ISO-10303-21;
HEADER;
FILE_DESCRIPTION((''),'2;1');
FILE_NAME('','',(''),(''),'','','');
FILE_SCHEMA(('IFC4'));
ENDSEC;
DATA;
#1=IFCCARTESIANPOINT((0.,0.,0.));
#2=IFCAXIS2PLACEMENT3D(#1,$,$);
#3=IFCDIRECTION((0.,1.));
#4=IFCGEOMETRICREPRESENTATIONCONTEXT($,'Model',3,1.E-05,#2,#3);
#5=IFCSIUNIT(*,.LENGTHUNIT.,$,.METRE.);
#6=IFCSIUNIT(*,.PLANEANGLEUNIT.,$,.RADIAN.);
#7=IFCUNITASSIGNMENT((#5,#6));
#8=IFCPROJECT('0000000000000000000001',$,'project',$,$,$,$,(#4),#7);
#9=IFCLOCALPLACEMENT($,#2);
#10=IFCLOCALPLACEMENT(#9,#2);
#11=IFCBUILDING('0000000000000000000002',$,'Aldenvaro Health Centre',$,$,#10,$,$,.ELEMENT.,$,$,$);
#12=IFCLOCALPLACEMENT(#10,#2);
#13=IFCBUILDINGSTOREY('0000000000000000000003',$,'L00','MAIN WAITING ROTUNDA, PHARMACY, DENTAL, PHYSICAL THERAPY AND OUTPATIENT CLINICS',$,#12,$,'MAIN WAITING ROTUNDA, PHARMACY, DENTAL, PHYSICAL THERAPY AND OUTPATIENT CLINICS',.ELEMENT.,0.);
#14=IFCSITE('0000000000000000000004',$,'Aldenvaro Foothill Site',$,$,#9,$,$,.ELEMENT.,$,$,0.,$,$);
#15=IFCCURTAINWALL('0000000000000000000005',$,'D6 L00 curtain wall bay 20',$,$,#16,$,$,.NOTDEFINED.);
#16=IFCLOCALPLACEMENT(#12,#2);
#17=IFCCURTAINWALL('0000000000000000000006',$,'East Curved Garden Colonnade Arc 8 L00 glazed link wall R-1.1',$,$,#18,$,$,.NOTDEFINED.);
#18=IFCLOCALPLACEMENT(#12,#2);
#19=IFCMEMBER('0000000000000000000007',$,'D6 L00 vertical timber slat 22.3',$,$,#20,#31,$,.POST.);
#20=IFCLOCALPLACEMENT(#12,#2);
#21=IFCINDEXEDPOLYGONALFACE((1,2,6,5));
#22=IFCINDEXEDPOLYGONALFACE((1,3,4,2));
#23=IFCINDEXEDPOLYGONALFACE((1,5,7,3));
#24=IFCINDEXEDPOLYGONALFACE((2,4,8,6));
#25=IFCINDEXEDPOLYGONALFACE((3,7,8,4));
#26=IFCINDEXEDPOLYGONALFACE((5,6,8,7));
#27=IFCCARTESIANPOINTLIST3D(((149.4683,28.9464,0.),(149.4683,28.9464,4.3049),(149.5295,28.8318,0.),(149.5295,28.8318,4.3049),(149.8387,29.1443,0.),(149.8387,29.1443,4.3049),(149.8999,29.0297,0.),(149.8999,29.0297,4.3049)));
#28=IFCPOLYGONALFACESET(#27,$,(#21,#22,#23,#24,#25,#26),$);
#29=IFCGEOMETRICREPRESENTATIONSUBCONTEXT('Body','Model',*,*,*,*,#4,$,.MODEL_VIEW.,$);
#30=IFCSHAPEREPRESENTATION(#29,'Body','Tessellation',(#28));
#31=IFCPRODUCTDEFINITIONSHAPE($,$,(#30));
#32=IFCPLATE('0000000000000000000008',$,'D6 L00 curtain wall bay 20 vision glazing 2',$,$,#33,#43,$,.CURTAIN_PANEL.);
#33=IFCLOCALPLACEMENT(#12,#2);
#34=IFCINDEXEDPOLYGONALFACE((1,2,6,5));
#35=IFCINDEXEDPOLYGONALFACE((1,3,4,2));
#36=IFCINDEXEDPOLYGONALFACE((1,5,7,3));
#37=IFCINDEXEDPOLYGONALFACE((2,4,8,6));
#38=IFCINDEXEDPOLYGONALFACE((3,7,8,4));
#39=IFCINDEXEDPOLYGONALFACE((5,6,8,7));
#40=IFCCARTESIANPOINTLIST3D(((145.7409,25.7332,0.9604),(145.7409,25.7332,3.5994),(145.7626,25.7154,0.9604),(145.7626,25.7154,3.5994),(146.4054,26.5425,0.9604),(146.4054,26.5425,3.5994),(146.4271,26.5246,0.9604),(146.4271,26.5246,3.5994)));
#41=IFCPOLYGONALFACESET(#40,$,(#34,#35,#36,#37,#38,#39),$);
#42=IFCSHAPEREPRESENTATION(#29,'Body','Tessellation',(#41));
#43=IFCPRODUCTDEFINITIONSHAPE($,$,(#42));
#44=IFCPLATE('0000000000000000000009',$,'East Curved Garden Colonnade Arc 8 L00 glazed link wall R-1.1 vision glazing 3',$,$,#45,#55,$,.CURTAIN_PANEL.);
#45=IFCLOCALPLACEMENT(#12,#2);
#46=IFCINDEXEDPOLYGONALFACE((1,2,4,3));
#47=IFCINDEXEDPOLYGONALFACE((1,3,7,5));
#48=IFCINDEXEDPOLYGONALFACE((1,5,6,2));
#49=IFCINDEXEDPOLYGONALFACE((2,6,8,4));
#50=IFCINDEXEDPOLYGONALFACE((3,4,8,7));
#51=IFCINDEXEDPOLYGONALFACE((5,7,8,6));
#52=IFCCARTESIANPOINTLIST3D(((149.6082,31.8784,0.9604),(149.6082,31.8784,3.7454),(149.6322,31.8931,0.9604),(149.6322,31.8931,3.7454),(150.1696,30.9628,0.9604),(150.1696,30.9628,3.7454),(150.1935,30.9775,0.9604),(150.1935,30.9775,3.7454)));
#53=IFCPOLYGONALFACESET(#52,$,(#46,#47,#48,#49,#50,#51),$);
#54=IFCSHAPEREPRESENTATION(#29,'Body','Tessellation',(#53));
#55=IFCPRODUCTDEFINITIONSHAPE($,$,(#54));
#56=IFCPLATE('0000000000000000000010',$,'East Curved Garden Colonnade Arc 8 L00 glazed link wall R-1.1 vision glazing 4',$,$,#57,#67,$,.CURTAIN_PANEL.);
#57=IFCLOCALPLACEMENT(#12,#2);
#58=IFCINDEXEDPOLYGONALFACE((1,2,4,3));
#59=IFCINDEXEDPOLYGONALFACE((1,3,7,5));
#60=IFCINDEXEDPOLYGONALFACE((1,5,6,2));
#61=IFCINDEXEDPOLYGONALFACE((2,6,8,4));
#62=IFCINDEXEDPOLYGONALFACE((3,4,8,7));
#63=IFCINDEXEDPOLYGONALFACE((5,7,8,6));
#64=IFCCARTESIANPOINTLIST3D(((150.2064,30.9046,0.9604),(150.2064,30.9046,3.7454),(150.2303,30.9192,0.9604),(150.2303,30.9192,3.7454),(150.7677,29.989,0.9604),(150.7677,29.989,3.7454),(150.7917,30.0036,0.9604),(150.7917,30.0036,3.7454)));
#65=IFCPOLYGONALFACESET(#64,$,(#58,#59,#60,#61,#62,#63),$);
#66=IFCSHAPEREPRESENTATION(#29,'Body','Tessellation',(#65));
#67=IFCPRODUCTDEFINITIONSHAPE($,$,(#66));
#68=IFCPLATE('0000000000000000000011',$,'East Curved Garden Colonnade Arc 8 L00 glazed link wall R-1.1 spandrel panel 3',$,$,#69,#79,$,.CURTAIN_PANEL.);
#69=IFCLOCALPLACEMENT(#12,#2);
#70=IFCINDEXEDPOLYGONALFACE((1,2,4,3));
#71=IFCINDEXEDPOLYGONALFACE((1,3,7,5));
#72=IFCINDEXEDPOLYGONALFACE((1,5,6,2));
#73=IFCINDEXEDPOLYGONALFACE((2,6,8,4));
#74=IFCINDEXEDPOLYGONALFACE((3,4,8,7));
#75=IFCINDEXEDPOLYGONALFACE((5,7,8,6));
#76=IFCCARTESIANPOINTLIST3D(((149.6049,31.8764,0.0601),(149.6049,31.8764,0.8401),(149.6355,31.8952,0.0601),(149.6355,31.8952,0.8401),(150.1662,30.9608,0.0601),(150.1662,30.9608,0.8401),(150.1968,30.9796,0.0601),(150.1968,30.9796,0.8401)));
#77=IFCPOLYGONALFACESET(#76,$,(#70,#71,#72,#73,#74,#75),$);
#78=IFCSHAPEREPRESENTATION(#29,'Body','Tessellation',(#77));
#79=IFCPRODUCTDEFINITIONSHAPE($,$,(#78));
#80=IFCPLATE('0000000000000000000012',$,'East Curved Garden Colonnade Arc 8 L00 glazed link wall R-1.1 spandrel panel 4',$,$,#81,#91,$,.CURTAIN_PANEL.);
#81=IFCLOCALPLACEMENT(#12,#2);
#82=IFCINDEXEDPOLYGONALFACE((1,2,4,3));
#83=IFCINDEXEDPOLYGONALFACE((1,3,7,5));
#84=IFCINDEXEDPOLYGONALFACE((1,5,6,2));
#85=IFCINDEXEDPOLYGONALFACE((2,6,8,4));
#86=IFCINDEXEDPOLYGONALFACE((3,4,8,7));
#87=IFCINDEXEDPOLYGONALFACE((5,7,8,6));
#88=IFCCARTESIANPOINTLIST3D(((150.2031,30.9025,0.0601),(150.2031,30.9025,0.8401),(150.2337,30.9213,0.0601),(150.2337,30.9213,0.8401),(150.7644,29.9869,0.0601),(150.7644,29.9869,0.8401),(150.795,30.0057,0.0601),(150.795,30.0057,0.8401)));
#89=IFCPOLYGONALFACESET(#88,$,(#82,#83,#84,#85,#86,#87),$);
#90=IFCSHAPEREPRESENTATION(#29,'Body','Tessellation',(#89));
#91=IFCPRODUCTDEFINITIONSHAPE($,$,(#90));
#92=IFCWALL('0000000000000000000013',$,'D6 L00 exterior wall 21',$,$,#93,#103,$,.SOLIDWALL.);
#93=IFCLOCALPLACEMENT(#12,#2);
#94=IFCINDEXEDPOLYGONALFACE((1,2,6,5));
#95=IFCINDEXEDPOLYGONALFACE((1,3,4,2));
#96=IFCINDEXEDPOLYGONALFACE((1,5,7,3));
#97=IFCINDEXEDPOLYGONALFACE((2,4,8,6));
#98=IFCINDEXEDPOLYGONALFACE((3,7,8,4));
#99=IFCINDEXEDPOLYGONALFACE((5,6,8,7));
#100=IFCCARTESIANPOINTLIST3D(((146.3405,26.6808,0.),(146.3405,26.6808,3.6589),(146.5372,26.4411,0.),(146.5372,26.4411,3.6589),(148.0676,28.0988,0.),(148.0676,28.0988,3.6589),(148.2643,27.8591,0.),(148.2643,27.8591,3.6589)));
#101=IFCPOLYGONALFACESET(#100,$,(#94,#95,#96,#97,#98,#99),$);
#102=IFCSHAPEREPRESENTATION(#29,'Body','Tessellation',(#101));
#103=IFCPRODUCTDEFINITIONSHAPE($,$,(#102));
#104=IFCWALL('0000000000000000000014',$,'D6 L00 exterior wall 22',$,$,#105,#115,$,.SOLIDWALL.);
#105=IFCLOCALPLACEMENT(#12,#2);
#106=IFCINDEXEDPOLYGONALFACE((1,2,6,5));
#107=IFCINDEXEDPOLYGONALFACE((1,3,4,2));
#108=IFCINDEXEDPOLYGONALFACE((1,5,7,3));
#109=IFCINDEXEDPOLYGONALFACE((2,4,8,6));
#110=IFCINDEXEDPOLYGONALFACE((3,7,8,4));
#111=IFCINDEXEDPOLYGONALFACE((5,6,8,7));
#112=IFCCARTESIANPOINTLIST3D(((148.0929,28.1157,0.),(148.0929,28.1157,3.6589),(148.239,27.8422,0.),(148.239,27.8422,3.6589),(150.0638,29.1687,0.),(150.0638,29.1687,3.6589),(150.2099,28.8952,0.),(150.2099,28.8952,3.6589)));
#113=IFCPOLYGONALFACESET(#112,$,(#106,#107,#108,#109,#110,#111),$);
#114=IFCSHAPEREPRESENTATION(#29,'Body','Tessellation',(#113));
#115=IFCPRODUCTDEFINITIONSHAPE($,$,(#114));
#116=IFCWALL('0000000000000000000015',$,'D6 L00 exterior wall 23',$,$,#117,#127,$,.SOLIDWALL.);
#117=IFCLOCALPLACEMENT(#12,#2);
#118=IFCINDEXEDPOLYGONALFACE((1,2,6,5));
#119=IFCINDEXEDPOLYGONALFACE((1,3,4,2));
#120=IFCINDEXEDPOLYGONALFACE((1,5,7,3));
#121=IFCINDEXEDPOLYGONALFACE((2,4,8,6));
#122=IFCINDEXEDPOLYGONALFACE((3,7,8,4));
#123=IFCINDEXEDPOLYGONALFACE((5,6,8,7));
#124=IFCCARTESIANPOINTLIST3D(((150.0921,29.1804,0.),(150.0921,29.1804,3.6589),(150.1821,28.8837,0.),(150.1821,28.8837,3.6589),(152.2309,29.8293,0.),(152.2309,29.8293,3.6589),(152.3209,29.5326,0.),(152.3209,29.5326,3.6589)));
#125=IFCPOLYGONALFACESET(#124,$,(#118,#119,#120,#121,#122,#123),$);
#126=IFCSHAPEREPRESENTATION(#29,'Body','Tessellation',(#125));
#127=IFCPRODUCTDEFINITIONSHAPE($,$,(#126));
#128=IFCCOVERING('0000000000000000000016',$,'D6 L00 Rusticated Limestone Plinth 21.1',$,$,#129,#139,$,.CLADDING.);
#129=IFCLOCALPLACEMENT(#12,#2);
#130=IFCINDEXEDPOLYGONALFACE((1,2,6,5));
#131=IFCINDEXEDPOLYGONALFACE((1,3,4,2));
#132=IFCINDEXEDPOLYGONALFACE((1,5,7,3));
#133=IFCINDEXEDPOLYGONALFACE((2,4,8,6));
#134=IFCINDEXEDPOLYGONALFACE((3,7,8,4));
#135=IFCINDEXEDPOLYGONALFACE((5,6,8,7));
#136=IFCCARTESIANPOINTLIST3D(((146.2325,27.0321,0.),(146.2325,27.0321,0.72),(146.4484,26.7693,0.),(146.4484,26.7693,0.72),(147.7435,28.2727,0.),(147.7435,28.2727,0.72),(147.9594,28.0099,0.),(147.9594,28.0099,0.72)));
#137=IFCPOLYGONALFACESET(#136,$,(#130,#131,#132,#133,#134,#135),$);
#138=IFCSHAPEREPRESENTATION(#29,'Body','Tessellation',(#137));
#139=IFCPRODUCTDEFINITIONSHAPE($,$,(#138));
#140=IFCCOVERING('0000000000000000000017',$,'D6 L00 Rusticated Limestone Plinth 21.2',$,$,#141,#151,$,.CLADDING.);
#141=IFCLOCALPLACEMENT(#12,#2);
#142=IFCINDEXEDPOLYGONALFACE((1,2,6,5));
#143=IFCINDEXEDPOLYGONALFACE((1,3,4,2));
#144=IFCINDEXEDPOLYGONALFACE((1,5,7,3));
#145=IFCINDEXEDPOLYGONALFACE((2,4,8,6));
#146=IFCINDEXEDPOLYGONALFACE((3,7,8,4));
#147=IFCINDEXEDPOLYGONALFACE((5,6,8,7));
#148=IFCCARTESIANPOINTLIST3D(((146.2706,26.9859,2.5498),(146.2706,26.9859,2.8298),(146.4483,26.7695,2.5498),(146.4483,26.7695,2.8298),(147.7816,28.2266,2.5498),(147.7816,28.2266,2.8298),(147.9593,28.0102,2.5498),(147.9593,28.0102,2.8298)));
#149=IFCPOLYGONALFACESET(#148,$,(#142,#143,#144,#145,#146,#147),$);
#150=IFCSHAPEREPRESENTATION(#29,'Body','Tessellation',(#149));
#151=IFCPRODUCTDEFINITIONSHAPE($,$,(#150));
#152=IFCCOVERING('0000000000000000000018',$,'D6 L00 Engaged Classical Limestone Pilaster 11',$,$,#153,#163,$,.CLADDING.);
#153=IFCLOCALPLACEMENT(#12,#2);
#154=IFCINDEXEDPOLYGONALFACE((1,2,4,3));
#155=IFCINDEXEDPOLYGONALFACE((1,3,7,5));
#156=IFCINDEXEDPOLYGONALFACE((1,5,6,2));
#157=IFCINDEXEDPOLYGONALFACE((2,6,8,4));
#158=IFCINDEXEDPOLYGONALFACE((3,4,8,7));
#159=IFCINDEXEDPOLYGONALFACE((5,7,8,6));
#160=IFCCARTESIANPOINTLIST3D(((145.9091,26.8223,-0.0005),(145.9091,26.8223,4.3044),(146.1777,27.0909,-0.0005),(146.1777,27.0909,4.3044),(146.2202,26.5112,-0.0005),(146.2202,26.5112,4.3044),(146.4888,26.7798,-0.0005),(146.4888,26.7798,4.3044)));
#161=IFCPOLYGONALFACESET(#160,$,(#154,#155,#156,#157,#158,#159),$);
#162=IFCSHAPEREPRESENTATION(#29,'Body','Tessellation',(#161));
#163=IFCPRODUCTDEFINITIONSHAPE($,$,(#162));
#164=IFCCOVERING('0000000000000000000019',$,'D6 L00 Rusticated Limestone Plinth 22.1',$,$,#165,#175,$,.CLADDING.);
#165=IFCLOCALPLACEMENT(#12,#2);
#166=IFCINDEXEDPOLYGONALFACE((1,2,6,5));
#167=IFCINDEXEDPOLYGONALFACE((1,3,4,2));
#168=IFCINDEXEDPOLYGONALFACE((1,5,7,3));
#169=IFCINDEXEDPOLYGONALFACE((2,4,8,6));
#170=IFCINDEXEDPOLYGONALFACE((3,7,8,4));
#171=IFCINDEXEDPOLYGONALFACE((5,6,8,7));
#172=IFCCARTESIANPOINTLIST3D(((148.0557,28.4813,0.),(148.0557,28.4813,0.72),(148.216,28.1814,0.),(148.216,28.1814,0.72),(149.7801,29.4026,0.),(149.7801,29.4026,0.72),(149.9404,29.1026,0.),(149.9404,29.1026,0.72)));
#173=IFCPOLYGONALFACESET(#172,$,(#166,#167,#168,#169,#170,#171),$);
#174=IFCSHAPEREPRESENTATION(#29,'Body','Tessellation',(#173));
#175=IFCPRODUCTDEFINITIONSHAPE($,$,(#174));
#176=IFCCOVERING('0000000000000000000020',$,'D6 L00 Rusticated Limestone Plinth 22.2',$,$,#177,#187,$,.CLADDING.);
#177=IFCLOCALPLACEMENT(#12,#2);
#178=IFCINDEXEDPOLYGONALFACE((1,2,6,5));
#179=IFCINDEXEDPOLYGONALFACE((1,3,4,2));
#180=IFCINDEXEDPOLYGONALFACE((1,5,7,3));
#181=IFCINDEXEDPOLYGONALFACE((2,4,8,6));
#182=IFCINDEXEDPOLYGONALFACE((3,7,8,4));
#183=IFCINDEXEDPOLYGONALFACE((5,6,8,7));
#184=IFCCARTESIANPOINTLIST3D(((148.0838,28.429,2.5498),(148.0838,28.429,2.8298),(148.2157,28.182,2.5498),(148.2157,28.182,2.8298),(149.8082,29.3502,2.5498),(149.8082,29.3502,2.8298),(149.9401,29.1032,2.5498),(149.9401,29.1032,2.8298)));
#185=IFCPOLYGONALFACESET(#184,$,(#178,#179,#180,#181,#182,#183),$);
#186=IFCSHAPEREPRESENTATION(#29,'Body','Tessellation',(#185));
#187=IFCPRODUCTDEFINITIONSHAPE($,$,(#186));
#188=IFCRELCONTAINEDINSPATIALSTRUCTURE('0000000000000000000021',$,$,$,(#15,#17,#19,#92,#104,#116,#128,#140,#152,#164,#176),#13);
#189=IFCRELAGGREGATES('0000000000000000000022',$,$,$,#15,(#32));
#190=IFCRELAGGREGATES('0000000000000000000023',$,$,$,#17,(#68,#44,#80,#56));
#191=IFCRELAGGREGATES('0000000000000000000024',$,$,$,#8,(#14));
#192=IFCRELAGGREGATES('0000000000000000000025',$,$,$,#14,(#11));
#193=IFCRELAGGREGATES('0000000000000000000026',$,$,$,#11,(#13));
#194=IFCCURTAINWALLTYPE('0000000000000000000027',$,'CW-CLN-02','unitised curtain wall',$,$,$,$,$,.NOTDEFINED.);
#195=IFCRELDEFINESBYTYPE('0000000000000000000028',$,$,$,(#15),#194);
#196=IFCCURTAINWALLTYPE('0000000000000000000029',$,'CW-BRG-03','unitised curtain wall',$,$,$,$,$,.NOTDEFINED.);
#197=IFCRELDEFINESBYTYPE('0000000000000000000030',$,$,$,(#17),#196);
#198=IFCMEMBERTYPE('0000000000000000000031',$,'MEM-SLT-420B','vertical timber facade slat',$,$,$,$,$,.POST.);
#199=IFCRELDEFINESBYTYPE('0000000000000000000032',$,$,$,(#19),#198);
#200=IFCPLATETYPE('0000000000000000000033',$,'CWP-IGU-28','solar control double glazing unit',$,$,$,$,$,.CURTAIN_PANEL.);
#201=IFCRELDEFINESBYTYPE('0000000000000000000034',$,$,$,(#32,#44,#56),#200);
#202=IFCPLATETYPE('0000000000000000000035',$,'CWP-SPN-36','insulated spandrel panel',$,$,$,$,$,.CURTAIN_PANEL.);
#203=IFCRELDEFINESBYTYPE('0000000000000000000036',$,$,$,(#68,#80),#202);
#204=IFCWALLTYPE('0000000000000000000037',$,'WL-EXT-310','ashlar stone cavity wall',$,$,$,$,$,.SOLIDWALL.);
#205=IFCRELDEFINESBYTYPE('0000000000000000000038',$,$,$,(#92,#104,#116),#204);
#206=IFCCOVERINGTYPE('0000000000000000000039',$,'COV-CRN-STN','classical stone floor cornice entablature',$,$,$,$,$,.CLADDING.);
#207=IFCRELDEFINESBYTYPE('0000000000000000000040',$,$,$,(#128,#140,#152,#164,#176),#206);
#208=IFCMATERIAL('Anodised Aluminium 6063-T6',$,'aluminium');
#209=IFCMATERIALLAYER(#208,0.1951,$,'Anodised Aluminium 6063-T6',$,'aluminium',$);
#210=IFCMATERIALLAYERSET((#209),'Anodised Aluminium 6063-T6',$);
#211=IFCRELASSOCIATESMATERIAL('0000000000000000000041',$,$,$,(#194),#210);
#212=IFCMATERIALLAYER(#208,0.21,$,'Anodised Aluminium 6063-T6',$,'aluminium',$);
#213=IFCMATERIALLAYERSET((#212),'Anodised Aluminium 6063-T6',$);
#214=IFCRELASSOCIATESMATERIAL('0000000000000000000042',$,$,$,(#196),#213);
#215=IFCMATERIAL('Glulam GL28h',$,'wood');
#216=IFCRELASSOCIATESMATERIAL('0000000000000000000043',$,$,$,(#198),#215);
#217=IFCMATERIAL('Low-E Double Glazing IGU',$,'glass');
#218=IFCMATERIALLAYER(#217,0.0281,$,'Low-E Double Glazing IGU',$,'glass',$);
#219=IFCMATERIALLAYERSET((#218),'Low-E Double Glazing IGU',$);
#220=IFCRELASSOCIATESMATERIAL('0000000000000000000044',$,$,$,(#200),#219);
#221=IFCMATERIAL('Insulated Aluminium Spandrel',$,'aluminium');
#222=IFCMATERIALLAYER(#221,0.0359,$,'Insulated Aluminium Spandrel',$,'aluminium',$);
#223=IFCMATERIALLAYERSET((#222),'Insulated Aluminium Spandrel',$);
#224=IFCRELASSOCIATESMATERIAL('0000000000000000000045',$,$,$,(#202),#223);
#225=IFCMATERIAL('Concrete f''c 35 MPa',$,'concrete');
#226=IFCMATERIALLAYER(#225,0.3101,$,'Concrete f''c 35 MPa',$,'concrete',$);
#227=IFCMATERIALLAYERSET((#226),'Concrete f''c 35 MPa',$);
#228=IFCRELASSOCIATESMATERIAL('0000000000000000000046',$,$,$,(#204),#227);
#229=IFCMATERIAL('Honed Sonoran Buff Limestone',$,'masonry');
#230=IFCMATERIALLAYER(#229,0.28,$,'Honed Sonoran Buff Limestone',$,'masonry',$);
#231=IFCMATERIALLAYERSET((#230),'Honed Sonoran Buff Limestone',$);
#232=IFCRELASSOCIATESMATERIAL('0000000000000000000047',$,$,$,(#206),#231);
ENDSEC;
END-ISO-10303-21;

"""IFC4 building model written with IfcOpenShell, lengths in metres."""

from ifc_helpers import new_model, si_unit, direction, frame, frame_2d, origin, origin_2d, place, context, subcontext, project, spatial, rectangle, extrude, material, layer, layer_set, material_profile, profile_set, type_object, element, aggregate, save


model = new_model("IFC4")

# Units and contexts
model_context = context("Model", 3, precision=1e-05, world=origin(), true_north=direction((0.0, 1.0)))
body_context = subcontext(model_context, "Body", "Model", "MODEL_VIEW")
ifc_project = project(units=[si_unit("LENGTHUNIT", "METRE"), si_unit("PLANEANGLEUNIT", "RADIAN")], contexts=[model_context])

# Site, building, storey
site_placement = place(None, origin())
site = spatial("IfcSite", under=ifc_project, at=site_placement, Name="Aldenvaro Foothill Site", CompositionType="ELEMENT", RefElevation=0.0)
building_placement = place(site_placement, origin())
building = spatial("IfcBuilding", under=site, at=building_placement, Name="Aldenvaro Health Centre", CompositionType="ELEMENT")
storey_placement = place(building_placement, origin())
storey = spatial("IfcBuildingStorey", under=building, at=storey_placement, Name="L00", Description="MAIN WAITING ROTUNDA, PHARMACY, DENTAL, PHYSICAL THERAPY AND OUTPATIENT CLINICS", LongName="MAIN WAITING ROTUNDA, PHARMACY, DENTAL, PHYSICAL THERAPY AND OUTPATIENT CLINICS", CompositionType="ELEMENT", Elevation=0.0)

# Shared definitions
ifc_material_1 = material(Name="Glulam GL28h", Category="wood")

# Curtain wall
ifc_material_2 = material(Name="Anodised Aluminium 6063-T6", Category="aluminium")
ifc_layer_1 = layer(ifc_material_2, 0.1951, Name="Anodised Aluminium 6063-T6", Category="aluminium")
ifc_layer_set_1 = layer_set([ifc_layer_1], Name="Anodised Aluminium 6063-T6")
curtain_wall_type_1 = type_object("IfcCurtainWallType", Name="CW-CLN-02", Description="unitised curtain wall", PredefinedType="NOTDEFINED", material=ifc_layer_set_1)
curtain_wall_1_placement = place(storey_placement, origin())
curtain_wall_1 = element("IfcCurtainWall", 1, at=curtain_wall_1_placement, inside=storey, type_object=curtain_wall_type_1, Name="D6 L00 curtain wall bay 20", PredefinedType="NOTDEFINED")

# Curtain wall
ifc_layer_2 = layer(ifc_material_2, 0.21, Name="Anodised Aluminium 6063-T6", Category="aluminium")
ifc_layer_set_2 = layer_set([ifc_layer_2], Name="Anodised Aluminium 6063-T6")
curtain_wall_type_2 = type_object("IfcCurtainWallType", Name="CW-BRG-03", Description="unitised curtain wall", PredefinedType="NOTDEFINED", material=ifc_layer_set_2)
curtain_wall_2_placement = place(storey_placement, origin())
curtain_wall_2 = element("IfcCurtainWall", 2, at=curtain_wall_2_placement, inside=storey, type_object=curtain_wall_type_2, Name="East Curved Garden Colonnade Arc 8 L00 glazed link wall R-1.1", PredefinedType="NOTDEFINED")

# Member
ifc_material_profile_1 = material_profile(ifc_material_1, rectangle(XDim=0.1299, YDim=0.4199, at=origin_2d()), Name="GL 130x420", Category="wood")
ifc_profile_set_1 = profile_set([ifc_material_profile_1], Name="Glulam GL28h")
member_type_1 = type_object("IfcMemberType", Name="MEM-SLT-420B", Description="vertical timber facade slat", PredefinedType="POST", material=ifc_profile_set_1)
for number, where, z_axis, x_axis, name in (
    (3, (149.6841, 28.988, 0.0), (0.0, 0.0, 1.0), (-0.471215, 0.882018, 0.0), "D6 L00 vertical timber slat 22.3"),
):
    element("IfcMember", number, at=place(storey_placement, frame(where, z_axis=z_axis, x_axis=x_axis)), inside=storey, type_object=member_type_1, Name=name, PredefinedType="POST", context=body_context, shape_type="SweptSolid", body=[
        extrude(rectangle(XDim=0.1299, YDim=0.4199, at=origin_2d()), origin(), (0.0, 0.0, 1.0), 4.3049),
    ])

# Plates
ifc_material_3 = material(Name="Low-E Double Glazing IGU", Category="glass")
ifc_layer_3 = layer(ifc_material_3, 0.0281, Name="Low-E Double Glazing IGU", Category="glass")
ifc_layer_set_3 = layer_set([ifc_layer_3], Name="Low-E Double Glazing IGU")
plate_type_1 = type_object("IfcPlateType", Name="CWP-IGU-28", Description="solar control double glazing unit", PredefinedType="CURTAIN_PANEL", material=ifc_layer_set_3)
plate_1_placement = place(storey_placement, frame((146.084, 26.1289, 0.9604), z_axis=(0.0, 0.0, 1.0), x_axis=(0.634577, 0.77286, 0.0)))
plate_1 = element("IfcPlate", 4, at=plate_1_placement, type_object=plate_type_1, Name="D6 L00 curtain wall bay 20 vision glazing 2", PredefinedType="CURTAIN_PANEL", context=body_context, shape_type="SweptSolid", body=[
    extrude(rectangle(XDim=1.0471, YDim=0.0281, at=origin_2d()), origin(), (0.0, 0.0, 1.0), 2.6389),
])
aggregate(curtain_wall_1, [plate_1])
plate_2_placement = place(storey_placement, frame((149.9009, 31.428, 0.9604), z_axis=(0.0, 0.0, 1.0), x_axis=(0.52267, -0.852535, 0.0)))
plate_2 = element("IfcPlate", 5, at=plate_2_placement, type_object=plate_type_1, Name="East Curved Garden Colonnade Arc 8 L00 glazed link wall R-1.1 vision glazing 3", PredefinedType="CURTAIN_PANEL", context=body_context, shape_type="SweptSolid", body=[
    extrude(rectangle(XDim=1.074, YDim=0.0281, at=origin_2d()), origin(), (0.0, 0.0, 1.0), 2.7849),
])
plate_3_placement = place(storey_placement, frame((150.499, 30.4541, 0.9604), z_axis=(0.0, 0.0, 1.0), x_axis=(0.52267, -0.852535, 0.0)))
plate_3 = element("IfcPlate", 6, at=plate_3_placement, type_object=plate_type_1, Name="East Curved Garden Colonnade Arc 8 L00 glazed link wall R-1.1 vision glazing 4", PredefinedType="CURTAIN_PANEL", context=body_context, shape_type="SweptSolid", body=[
    extrude(rectangle(XDim=1.074, YDim=0.0281, at=origin_2d()), origin(), (0.0, 0.0, 1.0), 2.7849),
])
ifc_material_4 = material(Name="Insulated Aluminium Spandrel", Category="aluminium")
ifc_layer_4 = layer(ifc_material_4, 0.0359, Name="Insulated Aluminium Spandrel", Category="aluminium")
ifc_layer_set_4 = layer_set([ifc_layer_4], Name="Insulated Aluminium Spandrel")
plate_type_2 = type_object("IfcPlateType", Name="CWP-SPN-36", Description="insulated spandrel panel", PredefinedType="CURTAIN_PANEL", material=ifc_layer_set_4)
plate_4_placement = place(storey_placement, frame((149.9009, 31.428, 0.0601), z_axis=(0.0, 0.0, 1.0), x_axis=(0.52267, -0.852535, 0.0)))
plate_4 = element("IfcPlate", 7, at=plate_4_placement, type_object=plate_type_2, Name="East Curved Garden Colonnade Arc 8 L00 glazed link wall R-1.1 spandrel panel 3", PredefinedType="CURTAIN_PANEL", context=body_context, shape_type="SweptSolid", body=[
    extrude(rectangle(XDim=1.074, YDim=0.0359, at=origin_2d()), origin(), (0.0, 0.0, 1.0), 0.78),
])
plate_5_placement = place(storey_placement, frame((150.499, 30.4541, 0.0601), z_axis=(0.0, 0.0, 1.0), x_axis=(0.52267, -0.852535, 0.0)))
plate_5 = element("IfcPlate", 8, at=plate_5_placement, type_object=plate_type_2, Name="East Curved Garden Colonnade Arc 8 L00 glazed link wall R-1.1 spandrel panel 4", PredefinedType="CURTAIN_PANEL", context=body_context, shape_type="SweptSolid", body=[
    extrude(rectangle(XDim=1.074, YDim=0.0359, at=origin_2d()), origin(), (0.0, 0.0, 1.0), 0.78),
])
aggregate(curtain_wall_2, [plate_4, plate_2, plate_5, plate_3])

# Walls
ifc_material_5 = material(Name="Concrete f'c 35 MPa", Category="concrete")
ifc_layer_5 = layer(ifc_material_5, 0.3101, Name="Concrete f'c 35 MPa", Category="concrete")
ifc_layer_set_5 = layer_set([ifc_layer_5], Name="Concrete f'c 35 MPa")
wall_type = type_object("IfcWallType", Name="WL-EXT-310", Description="ashlar stone cavity wall", PredefinedType="SOLIDWALL", material=ifc_layer_set_5)
for number, where, z_axis, x_axis, name in (
    (9, (146.439, 26.561, 0.0), (0.0, 0.0, 1.0), (0.772876, 0.634558, 0.0), "D6 L00 exterior wall 21"),
    (10, (148.166, 27.979, 0.0), (0.0, 0.0, 1.0), (0.882017, 0.471218, 0.0), "D6 L00 exterior wall 22"),
):
    element("IfcWall", number, at=place(storey_placement, frame(where, z_axis=z_axis, x_axis=x_axis)), inside=storey, type_object=wall_type, Name=name, PredefinedType="SOLIDWALL", context=body_context, shape_type="SweptSolid", body=[
        extrude(rectangle(XDim=2.2346, YDim=0.3101, at=frame_2d((1.1172, 0.0))), origin(), (0.0, 0.0, 1.0), 3.6589),
    ])
wall_placement = place(storey_placement, frame((150.137, 29.032, 0.0), z_axis=(0.0, 0.0, 1.0), x_axis=(0.956929, 0.290323, 0.0)))
element("IfcWall", 11, at=wall_placement, inside=storey, type_object=wall_type, Name="D6 L00 exterior wall 23", PredefinedType="SOLIDWALL", context=body_context, shape_type="SweptSolid", body=[
    extrude(rectangle(XDim=2.2351, YDim=0.3101, at=frame_2d((1.1177, 0.0))), origin(), (0.0, 0.0, 1.0), 3.6589),
])

# Coverings
ifc_material_6 = material(Name="Honed Sonoran Buff Limestone", Category="masonry")
ifc_layer_6 = layer(ifc_material_6, 0.28, Name="Honed Sonoran Buff Limestone", Category="masonry")
ifc_layer_set_6 = layer_set([ifc_layer_6], Name="Honed Sonoran Buff Limestone")
covering_type = type_object("IfcCoveringType", Name="COV-CRN-STN", Description="classical stone floor cornice entablature", PredefinedType="CLADDING", material=ifc_layer_set_6)
covering_1_placement = place(storey_placement, frame((147.0959, 27.521, 0.0), z_axis=(0.0, 0.0, 1.0), x_axis=(0.77286, 0.634577, 0.0)))
element("IfcCovering", 12, at=covering_1_placement, inside=storey, type_object=covering_type, Name="D6 L00 Rusticated Limestone Plinth 21.1", PredefinedType="CLADDING", context=body_context, shape_type="SweptSolid", body=[
    extrude(rectangle(XDim=1.9551, YDim=0.3401, at=origin_2d()), origin(), (0.0, 0.0, 1.0), 0.72),
])
covering_2_placement = place(storey_placement, frame((147.115, 27.498, 2.5498), z_axis=(0.0, 0.0, 1.0), x_axis=(0.77286, 0.634577, 0.0)))
element("IfcCovering", 13, at=covering_2_placement, inside=storey, type_object=covering_type, Name="D6 L00 Rusticated Limestone Plinth 21.2", PredefinedType="CLADDING", context=body_context, shape_type="SweptSolid", body=[
    extrude(rectangle(XDim=1.9551, YDim=0.28, at=origin_2d()), origin(), (0.0, 0.0, 1.0), 0.28),
])
covering_3_placement = place(storey_placement, frame((146.199, 26.801, -0.0005), z_axis=(0.0, 0.0, 1.0), x_axis=(-0.707107, 0.707107, 0.0)))
element("IfcCovering", 14, at=covering_3_placement, inside=storey, type_object=covering_type, Name="D6 L00 Engaged Classical Limestone Pilaster 11", PredefinedType="CLADDING", context=body_context, shape_type="SweptSolid", body=[
    extrude(rectangle(XDim=0.4399, YDim=0.3799, at=origin_2d()), origin(), (0.0, 0.0, 1.0), 4.3049),
])
covering_4_placement = place(storey_placement, frame((148.998, 28.792, 0.0), z_axis=(0.0, 0.0, 1.0), x_axis=(0.882018, 0.471215, 0.0)))
element("IfcCovering", 15, at=covering_4_placement, inside=storey, type_object=covering_type, Name="D6 L00 Rusticated Limestone Plinth 22.1", PredefinedType="CLADDING", context=body_context, shape_type="SweptSolid", body=[
    extrude(rectangle(XDim=1.9551, YDim=0.3401, at=origin_2d()), origin(), (0.0, 0.0, 1.0), 0.72),
])
covering_5_placement = place(storey_placement, frame((149.012, 28.7661, 2.5498), z_axis=(0.0, 0.0, 1.0), x_axis=(0.882018, 0.471215, 0.0)))
element("IfcCovering", 16, at=covering_5_placement, inside=storey, type_object=covering_type, Name="D6 L00 Rusticated Limestone Plinth 22.2", PredefinedType="CLADDING", context=body_context, shape_type="SweptSolid", body=[
    extrude(rectangle(XDim=1.9551, YDim=0.28, at=origin_2d()), origin(), (0.0, 0.0, 1.0), 0.28),
])

save(model, "model.ifc")
